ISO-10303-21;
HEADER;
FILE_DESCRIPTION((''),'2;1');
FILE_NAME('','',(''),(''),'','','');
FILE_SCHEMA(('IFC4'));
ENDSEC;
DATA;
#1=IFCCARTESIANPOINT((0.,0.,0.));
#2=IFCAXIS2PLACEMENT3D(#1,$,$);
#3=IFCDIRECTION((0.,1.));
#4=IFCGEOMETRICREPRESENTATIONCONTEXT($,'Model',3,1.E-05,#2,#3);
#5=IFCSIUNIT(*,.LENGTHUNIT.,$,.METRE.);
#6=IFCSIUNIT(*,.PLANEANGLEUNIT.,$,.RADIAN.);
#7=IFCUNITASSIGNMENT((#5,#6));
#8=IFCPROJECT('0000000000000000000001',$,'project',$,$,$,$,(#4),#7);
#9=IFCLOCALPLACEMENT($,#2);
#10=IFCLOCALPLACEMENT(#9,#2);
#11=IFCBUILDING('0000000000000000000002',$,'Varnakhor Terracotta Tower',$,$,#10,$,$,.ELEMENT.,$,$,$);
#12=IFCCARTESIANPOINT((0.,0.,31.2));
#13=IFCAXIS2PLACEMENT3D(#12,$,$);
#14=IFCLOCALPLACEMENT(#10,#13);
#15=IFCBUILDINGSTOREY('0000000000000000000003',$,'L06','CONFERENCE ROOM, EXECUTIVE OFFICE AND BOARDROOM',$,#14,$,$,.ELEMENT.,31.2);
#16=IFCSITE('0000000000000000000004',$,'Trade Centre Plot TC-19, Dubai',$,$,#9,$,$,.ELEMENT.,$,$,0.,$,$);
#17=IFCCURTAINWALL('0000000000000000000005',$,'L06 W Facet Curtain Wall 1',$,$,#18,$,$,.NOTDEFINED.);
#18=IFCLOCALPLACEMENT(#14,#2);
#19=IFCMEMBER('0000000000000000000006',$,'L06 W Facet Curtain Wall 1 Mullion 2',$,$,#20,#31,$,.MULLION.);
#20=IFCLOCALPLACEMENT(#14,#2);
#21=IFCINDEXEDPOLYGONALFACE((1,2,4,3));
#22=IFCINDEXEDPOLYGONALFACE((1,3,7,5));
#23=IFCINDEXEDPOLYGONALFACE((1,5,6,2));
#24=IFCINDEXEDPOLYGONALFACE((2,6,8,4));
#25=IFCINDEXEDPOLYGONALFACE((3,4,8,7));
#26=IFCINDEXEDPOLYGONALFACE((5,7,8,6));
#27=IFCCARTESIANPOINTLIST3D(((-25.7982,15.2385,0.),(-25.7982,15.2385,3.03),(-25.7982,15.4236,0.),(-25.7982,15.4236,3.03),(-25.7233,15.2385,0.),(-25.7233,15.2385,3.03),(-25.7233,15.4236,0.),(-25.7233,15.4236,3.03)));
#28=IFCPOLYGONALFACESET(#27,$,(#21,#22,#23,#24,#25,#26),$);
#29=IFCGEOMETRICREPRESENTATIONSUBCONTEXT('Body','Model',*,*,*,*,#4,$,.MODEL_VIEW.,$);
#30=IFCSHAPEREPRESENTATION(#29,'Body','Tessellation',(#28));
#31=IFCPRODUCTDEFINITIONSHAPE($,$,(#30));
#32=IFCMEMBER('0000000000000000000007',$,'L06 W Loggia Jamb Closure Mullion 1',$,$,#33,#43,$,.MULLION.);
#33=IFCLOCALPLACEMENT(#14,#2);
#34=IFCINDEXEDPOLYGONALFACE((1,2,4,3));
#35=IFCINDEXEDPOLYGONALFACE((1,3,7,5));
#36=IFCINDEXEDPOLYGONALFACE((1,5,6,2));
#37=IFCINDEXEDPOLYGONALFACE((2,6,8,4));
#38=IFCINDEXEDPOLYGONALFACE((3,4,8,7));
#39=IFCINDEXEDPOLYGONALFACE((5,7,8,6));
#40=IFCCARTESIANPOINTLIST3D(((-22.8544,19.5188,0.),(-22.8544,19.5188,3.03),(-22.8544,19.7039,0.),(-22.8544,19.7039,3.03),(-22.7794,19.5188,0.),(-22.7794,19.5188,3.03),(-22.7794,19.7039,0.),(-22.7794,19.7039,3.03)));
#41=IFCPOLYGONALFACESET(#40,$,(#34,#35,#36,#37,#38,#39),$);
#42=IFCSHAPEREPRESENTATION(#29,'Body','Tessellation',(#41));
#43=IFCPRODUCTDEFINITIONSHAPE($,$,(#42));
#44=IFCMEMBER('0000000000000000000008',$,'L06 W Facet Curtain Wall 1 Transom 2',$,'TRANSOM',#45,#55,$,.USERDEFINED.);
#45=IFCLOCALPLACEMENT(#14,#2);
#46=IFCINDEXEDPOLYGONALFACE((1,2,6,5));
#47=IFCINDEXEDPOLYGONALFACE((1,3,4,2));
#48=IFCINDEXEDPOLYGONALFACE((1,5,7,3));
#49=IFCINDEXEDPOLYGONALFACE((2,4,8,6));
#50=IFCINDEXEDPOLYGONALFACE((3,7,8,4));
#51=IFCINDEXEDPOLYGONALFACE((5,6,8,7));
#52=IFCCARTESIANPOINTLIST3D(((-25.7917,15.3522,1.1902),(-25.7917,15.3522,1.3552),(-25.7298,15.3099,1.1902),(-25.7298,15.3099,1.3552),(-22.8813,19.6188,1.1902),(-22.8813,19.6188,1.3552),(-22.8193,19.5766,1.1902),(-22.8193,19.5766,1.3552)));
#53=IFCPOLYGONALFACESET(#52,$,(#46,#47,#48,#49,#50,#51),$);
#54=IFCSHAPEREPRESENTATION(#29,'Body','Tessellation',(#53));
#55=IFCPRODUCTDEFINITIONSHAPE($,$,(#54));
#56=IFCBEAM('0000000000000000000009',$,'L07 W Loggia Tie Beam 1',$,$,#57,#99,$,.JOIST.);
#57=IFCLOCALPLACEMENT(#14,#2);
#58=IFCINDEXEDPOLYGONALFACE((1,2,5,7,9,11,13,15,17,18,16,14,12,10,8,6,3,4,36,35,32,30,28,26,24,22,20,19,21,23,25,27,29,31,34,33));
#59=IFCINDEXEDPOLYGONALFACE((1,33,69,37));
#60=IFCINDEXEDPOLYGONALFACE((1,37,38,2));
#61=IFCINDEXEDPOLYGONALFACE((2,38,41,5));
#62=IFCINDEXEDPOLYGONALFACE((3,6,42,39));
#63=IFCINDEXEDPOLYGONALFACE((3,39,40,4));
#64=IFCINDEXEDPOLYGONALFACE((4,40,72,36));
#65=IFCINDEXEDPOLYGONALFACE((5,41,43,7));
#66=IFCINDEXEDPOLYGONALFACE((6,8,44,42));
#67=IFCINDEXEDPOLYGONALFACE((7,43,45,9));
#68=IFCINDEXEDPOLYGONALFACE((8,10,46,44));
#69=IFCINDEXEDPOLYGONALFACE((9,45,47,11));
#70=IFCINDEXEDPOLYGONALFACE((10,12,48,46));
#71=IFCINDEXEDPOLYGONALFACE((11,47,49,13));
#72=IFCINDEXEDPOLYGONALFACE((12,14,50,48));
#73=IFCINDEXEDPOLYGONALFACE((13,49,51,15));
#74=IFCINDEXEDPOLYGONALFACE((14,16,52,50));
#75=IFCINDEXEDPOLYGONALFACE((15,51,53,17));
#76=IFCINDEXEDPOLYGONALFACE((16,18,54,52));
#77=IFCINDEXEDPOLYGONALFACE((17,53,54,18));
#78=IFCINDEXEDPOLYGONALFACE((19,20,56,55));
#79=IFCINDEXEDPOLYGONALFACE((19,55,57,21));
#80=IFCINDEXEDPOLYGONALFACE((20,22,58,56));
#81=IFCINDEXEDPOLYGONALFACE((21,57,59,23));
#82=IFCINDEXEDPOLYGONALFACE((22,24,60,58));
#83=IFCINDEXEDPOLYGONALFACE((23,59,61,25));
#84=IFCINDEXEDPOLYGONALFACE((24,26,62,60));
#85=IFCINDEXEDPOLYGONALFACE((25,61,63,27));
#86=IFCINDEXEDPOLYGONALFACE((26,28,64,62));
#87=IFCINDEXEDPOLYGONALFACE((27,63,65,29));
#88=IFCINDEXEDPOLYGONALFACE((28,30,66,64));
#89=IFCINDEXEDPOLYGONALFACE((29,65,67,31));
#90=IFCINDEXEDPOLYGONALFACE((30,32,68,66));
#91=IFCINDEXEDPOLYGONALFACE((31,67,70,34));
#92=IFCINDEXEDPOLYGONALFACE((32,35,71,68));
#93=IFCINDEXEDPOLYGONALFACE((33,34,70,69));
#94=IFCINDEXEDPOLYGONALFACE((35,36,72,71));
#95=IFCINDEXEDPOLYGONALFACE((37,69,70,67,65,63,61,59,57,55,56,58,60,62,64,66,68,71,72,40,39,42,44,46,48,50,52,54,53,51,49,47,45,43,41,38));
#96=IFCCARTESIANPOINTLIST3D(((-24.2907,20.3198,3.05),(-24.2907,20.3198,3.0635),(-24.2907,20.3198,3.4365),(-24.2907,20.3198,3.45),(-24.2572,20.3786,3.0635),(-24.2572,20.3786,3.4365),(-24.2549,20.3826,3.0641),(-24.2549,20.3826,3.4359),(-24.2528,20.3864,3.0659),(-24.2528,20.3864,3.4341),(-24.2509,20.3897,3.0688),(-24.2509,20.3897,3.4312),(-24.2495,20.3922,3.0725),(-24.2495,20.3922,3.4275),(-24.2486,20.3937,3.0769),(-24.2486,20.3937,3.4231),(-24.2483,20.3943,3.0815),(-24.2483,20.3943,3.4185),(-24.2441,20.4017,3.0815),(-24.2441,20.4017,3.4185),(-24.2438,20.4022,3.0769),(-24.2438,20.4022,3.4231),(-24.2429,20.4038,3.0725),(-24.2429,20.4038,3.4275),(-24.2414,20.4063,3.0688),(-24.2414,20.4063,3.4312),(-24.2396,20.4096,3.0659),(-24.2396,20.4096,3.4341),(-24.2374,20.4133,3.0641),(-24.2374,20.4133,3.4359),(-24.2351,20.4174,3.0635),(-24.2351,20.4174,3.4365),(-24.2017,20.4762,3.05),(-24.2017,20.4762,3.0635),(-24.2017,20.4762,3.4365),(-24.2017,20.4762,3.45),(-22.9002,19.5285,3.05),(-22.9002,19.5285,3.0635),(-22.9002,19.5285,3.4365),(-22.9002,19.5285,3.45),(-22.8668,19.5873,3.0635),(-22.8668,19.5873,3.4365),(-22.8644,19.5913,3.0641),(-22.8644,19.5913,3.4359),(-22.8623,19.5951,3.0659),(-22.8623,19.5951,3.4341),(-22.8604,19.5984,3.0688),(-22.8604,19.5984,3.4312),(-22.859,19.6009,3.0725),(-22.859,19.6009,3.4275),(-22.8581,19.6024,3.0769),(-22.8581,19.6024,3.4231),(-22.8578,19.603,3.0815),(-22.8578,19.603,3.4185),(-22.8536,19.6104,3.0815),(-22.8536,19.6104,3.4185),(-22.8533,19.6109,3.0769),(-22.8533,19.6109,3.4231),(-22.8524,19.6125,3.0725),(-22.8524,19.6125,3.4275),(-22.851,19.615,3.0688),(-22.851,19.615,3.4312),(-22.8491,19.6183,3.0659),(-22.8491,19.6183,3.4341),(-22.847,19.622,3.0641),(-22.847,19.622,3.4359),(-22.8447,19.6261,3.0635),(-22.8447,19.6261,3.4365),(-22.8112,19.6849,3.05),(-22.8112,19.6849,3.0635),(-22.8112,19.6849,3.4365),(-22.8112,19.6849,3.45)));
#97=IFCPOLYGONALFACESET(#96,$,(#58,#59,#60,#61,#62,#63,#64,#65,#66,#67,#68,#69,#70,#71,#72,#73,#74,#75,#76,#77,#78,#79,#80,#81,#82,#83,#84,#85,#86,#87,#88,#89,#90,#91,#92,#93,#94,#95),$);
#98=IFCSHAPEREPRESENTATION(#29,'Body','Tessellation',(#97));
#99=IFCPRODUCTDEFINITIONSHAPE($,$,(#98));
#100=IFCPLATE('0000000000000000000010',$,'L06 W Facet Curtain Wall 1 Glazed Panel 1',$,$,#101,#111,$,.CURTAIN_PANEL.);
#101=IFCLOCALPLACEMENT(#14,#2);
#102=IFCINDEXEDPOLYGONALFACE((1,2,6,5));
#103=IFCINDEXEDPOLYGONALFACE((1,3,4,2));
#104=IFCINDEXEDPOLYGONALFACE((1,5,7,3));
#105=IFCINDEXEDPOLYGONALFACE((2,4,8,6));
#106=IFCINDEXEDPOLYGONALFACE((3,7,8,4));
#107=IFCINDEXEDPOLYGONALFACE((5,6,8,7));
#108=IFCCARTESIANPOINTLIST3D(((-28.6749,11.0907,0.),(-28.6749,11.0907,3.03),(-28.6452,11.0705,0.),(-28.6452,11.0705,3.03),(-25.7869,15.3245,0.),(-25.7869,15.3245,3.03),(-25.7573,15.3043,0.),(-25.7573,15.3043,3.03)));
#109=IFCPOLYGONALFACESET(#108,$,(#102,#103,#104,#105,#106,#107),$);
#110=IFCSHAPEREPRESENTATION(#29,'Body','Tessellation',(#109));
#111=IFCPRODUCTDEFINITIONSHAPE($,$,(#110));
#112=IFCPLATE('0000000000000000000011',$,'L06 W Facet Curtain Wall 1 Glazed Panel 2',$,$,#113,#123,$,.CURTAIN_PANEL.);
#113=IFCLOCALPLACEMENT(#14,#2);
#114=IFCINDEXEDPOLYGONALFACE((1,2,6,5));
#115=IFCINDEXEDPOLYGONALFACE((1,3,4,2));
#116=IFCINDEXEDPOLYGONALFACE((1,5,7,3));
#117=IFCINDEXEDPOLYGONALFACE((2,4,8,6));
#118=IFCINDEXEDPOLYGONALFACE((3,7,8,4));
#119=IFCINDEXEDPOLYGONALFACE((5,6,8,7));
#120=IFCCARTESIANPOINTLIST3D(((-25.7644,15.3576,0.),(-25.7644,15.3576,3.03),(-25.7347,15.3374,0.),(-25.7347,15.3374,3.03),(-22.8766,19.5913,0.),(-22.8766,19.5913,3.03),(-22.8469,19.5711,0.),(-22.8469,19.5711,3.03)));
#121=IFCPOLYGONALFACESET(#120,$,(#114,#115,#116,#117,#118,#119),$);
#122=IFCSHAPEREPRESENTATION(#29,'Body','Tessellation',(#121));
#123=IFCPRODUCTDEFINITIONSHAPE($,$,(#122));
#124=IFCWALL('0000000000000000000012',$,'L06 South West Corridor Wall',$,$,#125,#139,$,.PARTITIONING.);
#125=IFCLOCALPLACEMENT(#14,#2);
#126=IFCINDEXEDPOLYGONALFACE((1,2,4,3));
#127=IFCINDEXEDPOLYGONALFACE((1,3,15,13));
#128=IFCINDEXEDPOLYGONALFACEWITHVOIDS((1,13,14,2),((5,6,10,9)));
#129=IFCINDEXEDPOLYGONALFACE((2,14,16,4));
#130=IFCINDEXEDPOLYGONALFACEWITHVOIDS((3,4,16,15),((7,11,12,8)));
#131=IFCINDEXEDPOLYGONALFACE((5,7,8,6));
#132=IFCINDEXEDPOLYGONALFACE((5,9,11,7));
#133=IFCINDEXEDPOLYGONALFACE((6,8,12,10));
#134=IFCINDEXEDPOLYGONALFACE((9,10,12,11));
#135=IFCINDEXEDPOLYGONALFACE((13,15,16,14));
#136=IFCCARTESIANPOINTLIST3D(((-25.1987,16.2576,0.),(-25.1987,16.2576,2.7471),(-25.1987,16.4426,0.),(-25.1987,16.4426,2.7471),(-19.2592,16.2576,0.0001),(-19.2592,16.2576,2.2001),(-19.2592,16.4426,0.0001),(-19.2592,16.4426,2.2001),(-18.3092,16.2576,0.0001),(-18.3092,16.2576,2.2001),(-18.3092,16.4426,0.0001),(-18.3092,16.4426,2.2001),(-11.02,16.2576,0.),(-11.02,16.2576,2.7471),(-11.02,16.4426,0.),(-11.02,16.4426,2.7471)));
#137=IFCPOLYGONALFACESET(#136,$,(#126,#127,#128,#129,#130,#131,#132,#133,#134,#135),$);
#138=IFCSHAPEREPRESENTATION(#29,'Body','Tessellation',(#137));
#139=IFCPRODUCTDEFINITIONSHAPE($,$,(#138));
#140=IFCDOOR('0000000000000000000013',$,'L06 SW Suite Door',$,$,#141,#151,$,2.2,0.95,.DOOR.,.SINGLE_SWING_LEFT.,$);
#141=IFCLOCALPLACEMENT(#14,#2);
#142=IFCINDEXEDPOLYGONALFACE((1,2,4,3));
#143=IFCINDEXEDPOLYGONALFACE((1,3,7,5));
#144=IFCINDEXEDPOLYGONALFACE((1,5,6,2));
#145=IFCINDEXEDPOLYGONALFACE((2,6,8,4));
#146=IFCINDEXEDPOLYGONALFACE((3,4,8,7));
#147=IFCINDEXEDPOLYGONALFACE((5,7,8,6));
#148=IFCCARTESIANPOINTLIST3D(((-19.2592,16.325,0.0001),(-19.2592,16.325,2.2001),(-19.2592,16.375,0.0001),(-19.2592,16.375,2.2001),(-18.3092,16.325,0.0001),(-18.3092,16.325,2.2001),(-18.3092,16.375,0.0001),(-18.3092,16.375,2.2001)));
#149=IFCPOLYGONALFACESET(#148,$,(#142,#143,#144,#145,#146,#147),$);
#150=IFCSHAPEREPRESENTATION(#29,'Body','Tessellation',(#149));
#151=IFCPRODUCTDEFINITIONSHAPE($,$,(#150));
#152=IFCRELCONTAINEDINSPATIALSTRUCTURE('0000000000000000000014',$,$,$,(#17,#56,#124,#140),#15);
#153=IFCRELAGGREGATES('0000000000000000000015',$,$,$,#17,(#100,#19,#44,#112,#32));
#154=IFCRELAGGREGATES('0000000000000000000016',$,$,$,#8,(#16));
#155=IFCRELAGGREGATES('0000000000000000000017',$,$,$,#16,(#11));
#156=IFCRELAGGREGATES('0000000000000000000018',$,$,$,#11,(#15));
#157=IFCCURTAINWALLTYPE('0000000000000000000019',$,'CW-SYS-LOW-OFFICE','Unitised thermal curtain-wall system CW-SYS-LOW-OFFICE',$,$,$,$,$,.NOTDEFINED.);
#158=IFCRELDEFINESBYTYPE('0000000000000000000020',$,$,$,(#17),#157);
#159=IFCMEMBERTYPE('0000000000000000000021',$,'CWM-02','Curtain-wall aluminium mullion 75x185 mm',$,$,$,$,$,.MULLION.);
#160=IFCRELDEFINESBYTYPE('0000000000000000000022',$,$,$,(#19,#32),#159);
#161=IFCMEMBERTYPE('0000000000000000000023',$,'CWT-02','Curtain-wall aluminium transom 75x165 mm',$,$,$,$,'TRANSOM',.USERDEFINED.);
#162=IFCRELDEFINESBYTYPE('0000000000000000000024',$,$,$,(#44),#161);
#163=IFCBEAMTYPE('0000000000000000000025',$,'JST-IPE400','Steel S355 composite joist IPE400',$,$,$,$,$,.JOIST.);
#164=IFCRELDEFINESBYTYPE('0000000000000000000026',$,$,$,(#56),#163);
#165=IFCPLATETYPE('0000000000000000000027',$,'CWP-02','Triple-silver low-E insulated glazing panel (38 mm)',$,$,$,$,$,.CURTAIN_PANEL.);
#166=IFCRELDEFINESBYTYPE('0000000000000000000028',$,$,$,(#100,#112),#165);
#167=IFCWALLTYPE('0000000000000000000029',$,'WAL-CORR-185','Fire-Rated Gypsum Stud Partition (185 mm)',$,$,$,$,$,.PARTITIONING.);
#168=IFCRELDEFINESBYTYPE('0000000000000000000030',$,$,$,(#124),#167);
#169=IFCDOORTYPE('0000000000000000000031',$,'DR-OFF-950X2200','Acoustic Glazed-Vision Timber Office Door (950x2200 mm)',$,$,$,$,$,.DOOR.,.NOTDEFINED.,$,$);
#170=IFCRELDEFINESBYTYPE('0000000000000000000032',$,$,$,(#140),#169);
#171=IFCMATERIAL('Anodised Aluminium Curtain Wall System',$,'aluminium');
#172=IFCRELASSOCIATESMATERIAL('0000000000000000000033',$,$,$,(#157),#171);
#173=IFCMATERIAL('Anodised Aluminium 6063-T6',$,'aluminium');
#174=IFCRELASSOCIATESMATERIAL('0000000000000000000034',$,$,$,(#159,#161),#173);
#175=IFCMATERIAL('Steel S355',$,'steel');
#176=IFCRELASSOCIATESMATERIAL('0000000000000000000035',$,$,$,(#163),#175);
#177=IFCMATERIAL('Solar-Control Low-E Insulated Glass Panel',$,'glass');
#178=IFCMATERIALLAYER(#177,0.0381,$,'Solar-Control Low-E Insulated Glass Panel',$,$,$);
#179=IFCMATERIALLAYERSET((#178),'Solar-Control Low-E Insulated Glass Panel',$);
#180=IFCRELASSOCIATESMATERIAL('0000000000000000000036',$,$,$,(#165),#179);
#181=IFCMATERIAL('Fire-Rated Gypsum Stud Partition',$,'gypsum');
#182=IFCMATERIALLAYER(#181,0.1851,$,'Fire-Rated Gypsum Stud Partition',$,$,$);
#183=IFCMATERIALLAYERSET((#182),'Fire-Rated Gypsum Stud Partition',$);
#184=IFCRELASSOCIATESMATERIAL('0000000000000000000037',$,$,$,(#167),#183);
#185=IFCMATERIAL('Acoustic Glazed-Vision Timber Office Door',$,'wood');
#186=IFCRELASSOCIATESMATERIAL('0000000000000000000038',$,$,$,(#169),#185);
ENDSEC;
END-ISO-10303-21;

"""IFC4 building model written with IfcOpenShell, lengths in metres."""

from ifc_helpers import new_model, si_unit, direction, frame, frame_2d, origin, origin_2d, place, context, subcontext, project, spatial, rectangle, i_section, extrude, source, transform, mapped, material, layer, layer_set, material_profile, profile_set, type_object, type_shapes, element, fill, aggregate, save


model = new_model("IFC4")

# Units and contexts
model_context = context("Model", 3, precision=1e-05, world=origin(), true_north=direction((0.0, 1.0)))
body_context = subcontext(model_context, "Body", "Model", "MODEL_VIEW")
ifc_project = project(units=[si_unit("LENGTHUNIT", "METRE"), si_unit("PLANEANGLEUNIT", "RADIAN")], contexts=[model_context])

# Site, building, storey
site_placement = place(None, origin())
site = spatial("IfcSite", under=ifc_project, at=site_placement, Name="Trade Centre Plot TC-19, Dubai", CompositionType="ELEMENT", RefElevation=0.0)
building_placement = place(site_placement, origin())
building = spatial("IfcBuilding", under=site, at=building_placement, Name="Varnakhor Terracotta Tower", CompositionType="ELEMENT")
storey_placement = place(building_placement, frame((0.0, 0.0, 31.2)))
storey = spatial("IfcBuildingStorey", under=building, at=storey_placement, Name="L06", Description="CONFERENCE ROOM, EXECUTIVE OFFICE AND BOARDROOM", CompositionType="ELEMENT", Elevation=31.2)

# Shared definitions
ifc_material_1 = material(Name="Steel S355", Category="steel")

# Curtain wall, members
ifc_material_2 = material(Name="Anodised Aluminium Curtain Wall System", Category="aluminium")
curtain_wall_type = type_object("IfcCurtainWallType", Name="CW-SYS-LOW-OFFICE", Description="Unitised thermal curtain-wall system CW-SYS-LOW-OFFICE", PredefinedType="NOTDEFINED", material=ifc_material_2)
curtain_wall_placement = place(storey_placement, origin())
curtain_wall = element("IfcCurtainWall", 1, at=curtain_wall_placement, inside=storey, type_object=curtain_wall_type, Name="L06 W Facet Curtain Wall 1", PredefinedType="NOTDEFINED")
ifc_material_3 = material(Name="Anodised Aluminium 6063-T6", Category="aluminium")
ifc_material_profile_1 = material_profile(ifc_material_3, rectangle(XDim=0.075, YDim=0.1851, at=origin_2d()), Name="ALU MULLION 75x185")
ifc_profile_set_1 = profile_set([ifc_material_profile_1], Name="Anodised Aluminium 6063-T6")
member_type_1 = type_object("IfcMemberType", Name="CWM-02", Description="Curtain-wall aluminium mullion 75x185 mm", PredefinedType="MULLION", material=ifc_profile_set_1)
shared_shape_1 = source(origin(), body_context, "Body", "SweptSolid", [
    extrude(rectangle(XDim=0.075, YDim=0.1851, at=origin_2d()), origin(), (0.0, 0.0, 1.0), 3.03),
])
type_shapes(member_type_1, [shared_shape_1])
member_1_placement = place(storey_placement, frame((-25.7607, 15.3311, 0.0), z_axis=(0.0, 0.0, 1.0), x_axis=(1.0, 0.0, 0.0)))
member_1 = element("IfcMember", 2, at=member_1_placement, type_object=member_type_1, Name="L06 W Facet Curtain Wall 1 Mullion 2", PredefinedType="MULLION", context=body_context, shape_type="MappedRepresentation", body=[
    mapped(shared_shape_1, transform((0.0, 0.0, 0.0), scale=1.0)),
])
member_2_placement = place(storey_placement, frame((-22.8169, 19.6113, 0.0), z_axis=(0.0, 0.0, 1.0), x_axis=(1.0, 0.0, 0.0)))
member_2 = element("IfcMember", 3, at=member_2_placement, type_object=member_type_1, Name="L06 W Loggia Jamb Closure Mullion 1", PredefinedType="MULLION", context=body_context, shape_type="MappedRepresentation", body=[
    mapped(shared_shape_1, transform((0.0, 0.0, 0.0), scale=1.0)),
])
ifc_material_profile_2 = material_profile(ifc_material_3, rectangle(XDim=0.075, YDim=0.165, at=origin_2d()), Name="ALU TRANSOM 75x165")
ifc_profile_set_2 = profile_set([ifc_material_profile_2], Name="Anodised Aluminium 6063-T6")
member_type_2 = type_object("IfcMemberType", Name="CWT-02", Description="Curtain-wall aluminium transom 75x165 mm", ElementType="TRANSOM", PredefinedType="USERDEFINED", material=ifc_profile_set_2)
shared_shape_2 = source(origin(), body_context, "Body", "SweptSolid", [
    extrude(rectangle(XDim=0.075, YDim=0.165, at=origin_2d()), origin(), (0.0, 0.0, 1.0), 5.1648),
])
member_3_placement = place(storey_placement, frame((-25.7607, 15.3311, 1.2727), z_axis=(0.563516, 0.826105, 0.0), x_axis=(-0.826105, 0.563516, 0.0)))
member_3 = element("IfcMember", 4, at=member_3_placement, type_object=member_type_2, Name="L06 W Facet Curtain Wall 1 Transom 2", ObjectType="TRANSOM", PredefinedType="USERDEFINED", context=body_context, shape_type="MappedRepresentation", body=[
    mapped(shared_shape_2, transform((0.0, 0.0, 0.0), scale=1.0)),
])

# Beam
ifc_material_profile_3 = material_profile(ifc_material_1, i_section(OverallWidth=0.1799, OverallDepth=0.3999, WebThickness=0.0085, FlangeThickness=0.0134, FilletRadius=0.0181, at=origin_2d()), Name="IPE400")
ifc_profile_set_3 = profile_set([ifc_material_profile_3], Name="Steel S355")
beam_type_1 = type_object("IfcBeamType", Name="JST-IPE400", Description="Steel S355 composite joist IPE400", PredefinedType="JOIST", material=ifc_profile_set_3)
shared_shape_3 = source(origin(), body_context, "Body", "SweptSolid", [
    extrude(i_section(OverallWidth=0.1799, OverallDepth=0.3999, WebThickness=0.0085, FlangeThickness=0.0134, FilletRadius=0.0181, at=origin_2d()), origin(), (0.0, 0.0, 1.0), 1.5999),
])
beam_1_placement = place(storey_placement, frame((-22.8557, 19.6067, 3.25), z_axis=(-0.869115, 0.49461, 0.0), x_axis=(-0.49461, -0.869115, 0.0)))
element("IfcBeam", 5, at=beam_1_placement, inside=storey, type_object=beam_type_1, Name="L07 W Loggia Tie Beam 1", PredefinedType="JOIST", context=body_context, shape_type="MappedRepresentation", body=[
    mapped(shared_shape_3, transform((0.0, 0.0, 0.0), scale=1.0)),
])

# Plates
ifc_material_4 = material(Name="Solar-Control Low-E Insulated Glass Panel", Category="glass")
ifc_layer_1 = layer(ifc_material_4, 0.0381, Name="Solar-Control Low-E Insulated Glass Panel")
ifc_layer_set_1 = layer_set([ifc_layer_1], Name="Solar-Control Low-E Insulated Glass Panel")
plate_type = type_object("IfcPlateType", Name="CWP-02", Description="Triple-silver low-E insulated glazing panel (38 mm)", PredefinedType="CURTAIN_PANEL", material=ifc_layer_set_1)
shared_shape_4 = source(origin(), body_context, "Body", "SweptSolid", [
    extrude(rectangle(XDim=5.125, YDim=0.0359, at=origin_2d()), origin(), (0.0, 0.0, 1.0), 3.03),
])
plate_1_placement = place(storey_placement, frame((-27.2161, 13.1975, 0.0), z_axis=(0.0, 0.0, 1.0), x_axis=(0.563497, 0.826118, 0.0)))
plate_1 = element("IfcPlate", 6, at=plate_1_placement, type_object=plate_type, Name="L06 W Facet Curtain Wall 1 Glazed Panel 1", PredefinedType="CURTAIN_PANEL", context=body_context, shape_type="MappedRepresentation", body=[
    mapped(shared_shape_4, transform((0.0, 0.0, 0.0), scale=1.0)),
])
shared_shape_5 = source(origin(), body_context, "Body", "SweptSolid", [
    extrude(rectangle(XDim=5.1248, YDim=0.0359, at=origin_2d()), origin(), (0.0, 0.0, 1.0), 3.03),
])
plate_2_placement = place(storey_placement, frame((-24.3057, 17.4644, 0.0), z_axis=(0.0, 0.0, 1.0), x_axis=(0.563497, 0.826118, 0.0)))
plate_2 = element("IfcPlate", 7, at=plate_2_placement, type_object=plate_type, Name="L06 W Facet Curtain Wall 1 Glazed Panel 2", PredefinedType="CURTAIN_PANEL", context=body_context, shape_type="MappedRepresentation", body=[
    mapped(shared_shape_5, transform((0.0, 0.0, 0.0), scale=1.0)),
])
aggregate(curtain_wall, [plate_1, member_1, member_3, plate_2, member_2])

# Wall, opening, door
ifc_material_5 = material(Name="Fire-Rated Gypsum Stud Partition", Category="gypsum")
ifc_layer_2 = layer(ifc_material_5, 0.1851, Name="Fire-Rated Gypsum Stud Partition")
ifc_layer_set_2 = layer_set([ifc_layer_2], Name="Fire-Rated Gypsum Stud Partition")
wall_type_1 = type_object("IfcWallType", Name="WAL-CORR-185", Description="Fire-Rated Gypsum Stud Partition (185 mm)", PredefinedType="PARTITIONING", material=ifc_layer_set_2)
wall_1_placement = place(storey_placement, frame((-25.1987, 16.3501, 0.0), z_axis=(0.0, 0.0, 1.0), x_axis=(1.0, 0.0, 0.0)))
wall_1 = element("IfcWall", 8, at=wall_1_placement, inside=storey, type_object=wall_type_1, Name="L06 South West Corridor Wall", PredefinedType="PARTITIONING", context=body_context, shape_type="SweptSolid", body=[
    extrude(rectangle(XDim=14.1787, YDim=0.1851, at=frame_2d((7.0894, 0.0))), origin(), (0.0, 0.0, 1.0), 2.7471),
])
opening_1_placement = place(wall_1_placement, frame((5.9395, 0.0, 0.0)))
opening_1 = element("IfcOpeningElement", 9, at=opening_1_placement, cuts=wall_1, PredefinedType="OPENING", context=body_context, shape_type="SweptSolid", body=[
    extrude(rectangle(XDim=0.95, YDim=2.2, at=frame_2d((0.4751, 1.1001))), frame((0.0, 0.1025, 0.0), z_axis=(0.0, -1.0, 0.0), x_axis=(1.0, 0.0, 0.0)), (0.0, 0.0, 1.0), 0.2051),
])
ifc_material_6 = material(Name="Acoustic Glazed-Vision Timber Office Door", Category="wood")
door_type_1 = type_object("IfcDoorType", Name="DR-OFF-950X2200", Description="Acoustic Glazed-Vision Timber Office Door (950x2200 mm)", OperationType="NOTDEFINED", PredefinedType="DOOR", material=ifc_material_6)
shared_shape_6 = source(origin(), body_context, "Body", "SweptSolid", [
    extrude(rectangle(XDim=0.95, YDim=2.2, at=frame_2d((0.4751, 1.1001))), frame((0.0, 0.0249, 0.0), z_axis=(0.0, -1.0, 0.0), x_axis=(1.0, 0.0, 0.0)), (0.0, 0.0, 1.0), 0.05),
])
type_shapes(door_type_1, [shared_shape_6])
door_1_placement = place(opening_1_placement, origin())
door_1 = element("IfcDoor", 10, at=door_1_placement, inside=storey, type_object=door_type_1, Name="L06 SW Suite Door", OperationType="SINGLE_SWING_LEFT", OverallHeight=2.2, OverallWidth=0.95, PredefinedType="DOOR", context=body_context, shape_type="MappedRepresentation", body=[
    mapped(shared_shape_6, transform((0.0, 0.0, 0.0), scale=1.0)),
])
fill(opening_1, door_1)

save(model, "model.ifc")
